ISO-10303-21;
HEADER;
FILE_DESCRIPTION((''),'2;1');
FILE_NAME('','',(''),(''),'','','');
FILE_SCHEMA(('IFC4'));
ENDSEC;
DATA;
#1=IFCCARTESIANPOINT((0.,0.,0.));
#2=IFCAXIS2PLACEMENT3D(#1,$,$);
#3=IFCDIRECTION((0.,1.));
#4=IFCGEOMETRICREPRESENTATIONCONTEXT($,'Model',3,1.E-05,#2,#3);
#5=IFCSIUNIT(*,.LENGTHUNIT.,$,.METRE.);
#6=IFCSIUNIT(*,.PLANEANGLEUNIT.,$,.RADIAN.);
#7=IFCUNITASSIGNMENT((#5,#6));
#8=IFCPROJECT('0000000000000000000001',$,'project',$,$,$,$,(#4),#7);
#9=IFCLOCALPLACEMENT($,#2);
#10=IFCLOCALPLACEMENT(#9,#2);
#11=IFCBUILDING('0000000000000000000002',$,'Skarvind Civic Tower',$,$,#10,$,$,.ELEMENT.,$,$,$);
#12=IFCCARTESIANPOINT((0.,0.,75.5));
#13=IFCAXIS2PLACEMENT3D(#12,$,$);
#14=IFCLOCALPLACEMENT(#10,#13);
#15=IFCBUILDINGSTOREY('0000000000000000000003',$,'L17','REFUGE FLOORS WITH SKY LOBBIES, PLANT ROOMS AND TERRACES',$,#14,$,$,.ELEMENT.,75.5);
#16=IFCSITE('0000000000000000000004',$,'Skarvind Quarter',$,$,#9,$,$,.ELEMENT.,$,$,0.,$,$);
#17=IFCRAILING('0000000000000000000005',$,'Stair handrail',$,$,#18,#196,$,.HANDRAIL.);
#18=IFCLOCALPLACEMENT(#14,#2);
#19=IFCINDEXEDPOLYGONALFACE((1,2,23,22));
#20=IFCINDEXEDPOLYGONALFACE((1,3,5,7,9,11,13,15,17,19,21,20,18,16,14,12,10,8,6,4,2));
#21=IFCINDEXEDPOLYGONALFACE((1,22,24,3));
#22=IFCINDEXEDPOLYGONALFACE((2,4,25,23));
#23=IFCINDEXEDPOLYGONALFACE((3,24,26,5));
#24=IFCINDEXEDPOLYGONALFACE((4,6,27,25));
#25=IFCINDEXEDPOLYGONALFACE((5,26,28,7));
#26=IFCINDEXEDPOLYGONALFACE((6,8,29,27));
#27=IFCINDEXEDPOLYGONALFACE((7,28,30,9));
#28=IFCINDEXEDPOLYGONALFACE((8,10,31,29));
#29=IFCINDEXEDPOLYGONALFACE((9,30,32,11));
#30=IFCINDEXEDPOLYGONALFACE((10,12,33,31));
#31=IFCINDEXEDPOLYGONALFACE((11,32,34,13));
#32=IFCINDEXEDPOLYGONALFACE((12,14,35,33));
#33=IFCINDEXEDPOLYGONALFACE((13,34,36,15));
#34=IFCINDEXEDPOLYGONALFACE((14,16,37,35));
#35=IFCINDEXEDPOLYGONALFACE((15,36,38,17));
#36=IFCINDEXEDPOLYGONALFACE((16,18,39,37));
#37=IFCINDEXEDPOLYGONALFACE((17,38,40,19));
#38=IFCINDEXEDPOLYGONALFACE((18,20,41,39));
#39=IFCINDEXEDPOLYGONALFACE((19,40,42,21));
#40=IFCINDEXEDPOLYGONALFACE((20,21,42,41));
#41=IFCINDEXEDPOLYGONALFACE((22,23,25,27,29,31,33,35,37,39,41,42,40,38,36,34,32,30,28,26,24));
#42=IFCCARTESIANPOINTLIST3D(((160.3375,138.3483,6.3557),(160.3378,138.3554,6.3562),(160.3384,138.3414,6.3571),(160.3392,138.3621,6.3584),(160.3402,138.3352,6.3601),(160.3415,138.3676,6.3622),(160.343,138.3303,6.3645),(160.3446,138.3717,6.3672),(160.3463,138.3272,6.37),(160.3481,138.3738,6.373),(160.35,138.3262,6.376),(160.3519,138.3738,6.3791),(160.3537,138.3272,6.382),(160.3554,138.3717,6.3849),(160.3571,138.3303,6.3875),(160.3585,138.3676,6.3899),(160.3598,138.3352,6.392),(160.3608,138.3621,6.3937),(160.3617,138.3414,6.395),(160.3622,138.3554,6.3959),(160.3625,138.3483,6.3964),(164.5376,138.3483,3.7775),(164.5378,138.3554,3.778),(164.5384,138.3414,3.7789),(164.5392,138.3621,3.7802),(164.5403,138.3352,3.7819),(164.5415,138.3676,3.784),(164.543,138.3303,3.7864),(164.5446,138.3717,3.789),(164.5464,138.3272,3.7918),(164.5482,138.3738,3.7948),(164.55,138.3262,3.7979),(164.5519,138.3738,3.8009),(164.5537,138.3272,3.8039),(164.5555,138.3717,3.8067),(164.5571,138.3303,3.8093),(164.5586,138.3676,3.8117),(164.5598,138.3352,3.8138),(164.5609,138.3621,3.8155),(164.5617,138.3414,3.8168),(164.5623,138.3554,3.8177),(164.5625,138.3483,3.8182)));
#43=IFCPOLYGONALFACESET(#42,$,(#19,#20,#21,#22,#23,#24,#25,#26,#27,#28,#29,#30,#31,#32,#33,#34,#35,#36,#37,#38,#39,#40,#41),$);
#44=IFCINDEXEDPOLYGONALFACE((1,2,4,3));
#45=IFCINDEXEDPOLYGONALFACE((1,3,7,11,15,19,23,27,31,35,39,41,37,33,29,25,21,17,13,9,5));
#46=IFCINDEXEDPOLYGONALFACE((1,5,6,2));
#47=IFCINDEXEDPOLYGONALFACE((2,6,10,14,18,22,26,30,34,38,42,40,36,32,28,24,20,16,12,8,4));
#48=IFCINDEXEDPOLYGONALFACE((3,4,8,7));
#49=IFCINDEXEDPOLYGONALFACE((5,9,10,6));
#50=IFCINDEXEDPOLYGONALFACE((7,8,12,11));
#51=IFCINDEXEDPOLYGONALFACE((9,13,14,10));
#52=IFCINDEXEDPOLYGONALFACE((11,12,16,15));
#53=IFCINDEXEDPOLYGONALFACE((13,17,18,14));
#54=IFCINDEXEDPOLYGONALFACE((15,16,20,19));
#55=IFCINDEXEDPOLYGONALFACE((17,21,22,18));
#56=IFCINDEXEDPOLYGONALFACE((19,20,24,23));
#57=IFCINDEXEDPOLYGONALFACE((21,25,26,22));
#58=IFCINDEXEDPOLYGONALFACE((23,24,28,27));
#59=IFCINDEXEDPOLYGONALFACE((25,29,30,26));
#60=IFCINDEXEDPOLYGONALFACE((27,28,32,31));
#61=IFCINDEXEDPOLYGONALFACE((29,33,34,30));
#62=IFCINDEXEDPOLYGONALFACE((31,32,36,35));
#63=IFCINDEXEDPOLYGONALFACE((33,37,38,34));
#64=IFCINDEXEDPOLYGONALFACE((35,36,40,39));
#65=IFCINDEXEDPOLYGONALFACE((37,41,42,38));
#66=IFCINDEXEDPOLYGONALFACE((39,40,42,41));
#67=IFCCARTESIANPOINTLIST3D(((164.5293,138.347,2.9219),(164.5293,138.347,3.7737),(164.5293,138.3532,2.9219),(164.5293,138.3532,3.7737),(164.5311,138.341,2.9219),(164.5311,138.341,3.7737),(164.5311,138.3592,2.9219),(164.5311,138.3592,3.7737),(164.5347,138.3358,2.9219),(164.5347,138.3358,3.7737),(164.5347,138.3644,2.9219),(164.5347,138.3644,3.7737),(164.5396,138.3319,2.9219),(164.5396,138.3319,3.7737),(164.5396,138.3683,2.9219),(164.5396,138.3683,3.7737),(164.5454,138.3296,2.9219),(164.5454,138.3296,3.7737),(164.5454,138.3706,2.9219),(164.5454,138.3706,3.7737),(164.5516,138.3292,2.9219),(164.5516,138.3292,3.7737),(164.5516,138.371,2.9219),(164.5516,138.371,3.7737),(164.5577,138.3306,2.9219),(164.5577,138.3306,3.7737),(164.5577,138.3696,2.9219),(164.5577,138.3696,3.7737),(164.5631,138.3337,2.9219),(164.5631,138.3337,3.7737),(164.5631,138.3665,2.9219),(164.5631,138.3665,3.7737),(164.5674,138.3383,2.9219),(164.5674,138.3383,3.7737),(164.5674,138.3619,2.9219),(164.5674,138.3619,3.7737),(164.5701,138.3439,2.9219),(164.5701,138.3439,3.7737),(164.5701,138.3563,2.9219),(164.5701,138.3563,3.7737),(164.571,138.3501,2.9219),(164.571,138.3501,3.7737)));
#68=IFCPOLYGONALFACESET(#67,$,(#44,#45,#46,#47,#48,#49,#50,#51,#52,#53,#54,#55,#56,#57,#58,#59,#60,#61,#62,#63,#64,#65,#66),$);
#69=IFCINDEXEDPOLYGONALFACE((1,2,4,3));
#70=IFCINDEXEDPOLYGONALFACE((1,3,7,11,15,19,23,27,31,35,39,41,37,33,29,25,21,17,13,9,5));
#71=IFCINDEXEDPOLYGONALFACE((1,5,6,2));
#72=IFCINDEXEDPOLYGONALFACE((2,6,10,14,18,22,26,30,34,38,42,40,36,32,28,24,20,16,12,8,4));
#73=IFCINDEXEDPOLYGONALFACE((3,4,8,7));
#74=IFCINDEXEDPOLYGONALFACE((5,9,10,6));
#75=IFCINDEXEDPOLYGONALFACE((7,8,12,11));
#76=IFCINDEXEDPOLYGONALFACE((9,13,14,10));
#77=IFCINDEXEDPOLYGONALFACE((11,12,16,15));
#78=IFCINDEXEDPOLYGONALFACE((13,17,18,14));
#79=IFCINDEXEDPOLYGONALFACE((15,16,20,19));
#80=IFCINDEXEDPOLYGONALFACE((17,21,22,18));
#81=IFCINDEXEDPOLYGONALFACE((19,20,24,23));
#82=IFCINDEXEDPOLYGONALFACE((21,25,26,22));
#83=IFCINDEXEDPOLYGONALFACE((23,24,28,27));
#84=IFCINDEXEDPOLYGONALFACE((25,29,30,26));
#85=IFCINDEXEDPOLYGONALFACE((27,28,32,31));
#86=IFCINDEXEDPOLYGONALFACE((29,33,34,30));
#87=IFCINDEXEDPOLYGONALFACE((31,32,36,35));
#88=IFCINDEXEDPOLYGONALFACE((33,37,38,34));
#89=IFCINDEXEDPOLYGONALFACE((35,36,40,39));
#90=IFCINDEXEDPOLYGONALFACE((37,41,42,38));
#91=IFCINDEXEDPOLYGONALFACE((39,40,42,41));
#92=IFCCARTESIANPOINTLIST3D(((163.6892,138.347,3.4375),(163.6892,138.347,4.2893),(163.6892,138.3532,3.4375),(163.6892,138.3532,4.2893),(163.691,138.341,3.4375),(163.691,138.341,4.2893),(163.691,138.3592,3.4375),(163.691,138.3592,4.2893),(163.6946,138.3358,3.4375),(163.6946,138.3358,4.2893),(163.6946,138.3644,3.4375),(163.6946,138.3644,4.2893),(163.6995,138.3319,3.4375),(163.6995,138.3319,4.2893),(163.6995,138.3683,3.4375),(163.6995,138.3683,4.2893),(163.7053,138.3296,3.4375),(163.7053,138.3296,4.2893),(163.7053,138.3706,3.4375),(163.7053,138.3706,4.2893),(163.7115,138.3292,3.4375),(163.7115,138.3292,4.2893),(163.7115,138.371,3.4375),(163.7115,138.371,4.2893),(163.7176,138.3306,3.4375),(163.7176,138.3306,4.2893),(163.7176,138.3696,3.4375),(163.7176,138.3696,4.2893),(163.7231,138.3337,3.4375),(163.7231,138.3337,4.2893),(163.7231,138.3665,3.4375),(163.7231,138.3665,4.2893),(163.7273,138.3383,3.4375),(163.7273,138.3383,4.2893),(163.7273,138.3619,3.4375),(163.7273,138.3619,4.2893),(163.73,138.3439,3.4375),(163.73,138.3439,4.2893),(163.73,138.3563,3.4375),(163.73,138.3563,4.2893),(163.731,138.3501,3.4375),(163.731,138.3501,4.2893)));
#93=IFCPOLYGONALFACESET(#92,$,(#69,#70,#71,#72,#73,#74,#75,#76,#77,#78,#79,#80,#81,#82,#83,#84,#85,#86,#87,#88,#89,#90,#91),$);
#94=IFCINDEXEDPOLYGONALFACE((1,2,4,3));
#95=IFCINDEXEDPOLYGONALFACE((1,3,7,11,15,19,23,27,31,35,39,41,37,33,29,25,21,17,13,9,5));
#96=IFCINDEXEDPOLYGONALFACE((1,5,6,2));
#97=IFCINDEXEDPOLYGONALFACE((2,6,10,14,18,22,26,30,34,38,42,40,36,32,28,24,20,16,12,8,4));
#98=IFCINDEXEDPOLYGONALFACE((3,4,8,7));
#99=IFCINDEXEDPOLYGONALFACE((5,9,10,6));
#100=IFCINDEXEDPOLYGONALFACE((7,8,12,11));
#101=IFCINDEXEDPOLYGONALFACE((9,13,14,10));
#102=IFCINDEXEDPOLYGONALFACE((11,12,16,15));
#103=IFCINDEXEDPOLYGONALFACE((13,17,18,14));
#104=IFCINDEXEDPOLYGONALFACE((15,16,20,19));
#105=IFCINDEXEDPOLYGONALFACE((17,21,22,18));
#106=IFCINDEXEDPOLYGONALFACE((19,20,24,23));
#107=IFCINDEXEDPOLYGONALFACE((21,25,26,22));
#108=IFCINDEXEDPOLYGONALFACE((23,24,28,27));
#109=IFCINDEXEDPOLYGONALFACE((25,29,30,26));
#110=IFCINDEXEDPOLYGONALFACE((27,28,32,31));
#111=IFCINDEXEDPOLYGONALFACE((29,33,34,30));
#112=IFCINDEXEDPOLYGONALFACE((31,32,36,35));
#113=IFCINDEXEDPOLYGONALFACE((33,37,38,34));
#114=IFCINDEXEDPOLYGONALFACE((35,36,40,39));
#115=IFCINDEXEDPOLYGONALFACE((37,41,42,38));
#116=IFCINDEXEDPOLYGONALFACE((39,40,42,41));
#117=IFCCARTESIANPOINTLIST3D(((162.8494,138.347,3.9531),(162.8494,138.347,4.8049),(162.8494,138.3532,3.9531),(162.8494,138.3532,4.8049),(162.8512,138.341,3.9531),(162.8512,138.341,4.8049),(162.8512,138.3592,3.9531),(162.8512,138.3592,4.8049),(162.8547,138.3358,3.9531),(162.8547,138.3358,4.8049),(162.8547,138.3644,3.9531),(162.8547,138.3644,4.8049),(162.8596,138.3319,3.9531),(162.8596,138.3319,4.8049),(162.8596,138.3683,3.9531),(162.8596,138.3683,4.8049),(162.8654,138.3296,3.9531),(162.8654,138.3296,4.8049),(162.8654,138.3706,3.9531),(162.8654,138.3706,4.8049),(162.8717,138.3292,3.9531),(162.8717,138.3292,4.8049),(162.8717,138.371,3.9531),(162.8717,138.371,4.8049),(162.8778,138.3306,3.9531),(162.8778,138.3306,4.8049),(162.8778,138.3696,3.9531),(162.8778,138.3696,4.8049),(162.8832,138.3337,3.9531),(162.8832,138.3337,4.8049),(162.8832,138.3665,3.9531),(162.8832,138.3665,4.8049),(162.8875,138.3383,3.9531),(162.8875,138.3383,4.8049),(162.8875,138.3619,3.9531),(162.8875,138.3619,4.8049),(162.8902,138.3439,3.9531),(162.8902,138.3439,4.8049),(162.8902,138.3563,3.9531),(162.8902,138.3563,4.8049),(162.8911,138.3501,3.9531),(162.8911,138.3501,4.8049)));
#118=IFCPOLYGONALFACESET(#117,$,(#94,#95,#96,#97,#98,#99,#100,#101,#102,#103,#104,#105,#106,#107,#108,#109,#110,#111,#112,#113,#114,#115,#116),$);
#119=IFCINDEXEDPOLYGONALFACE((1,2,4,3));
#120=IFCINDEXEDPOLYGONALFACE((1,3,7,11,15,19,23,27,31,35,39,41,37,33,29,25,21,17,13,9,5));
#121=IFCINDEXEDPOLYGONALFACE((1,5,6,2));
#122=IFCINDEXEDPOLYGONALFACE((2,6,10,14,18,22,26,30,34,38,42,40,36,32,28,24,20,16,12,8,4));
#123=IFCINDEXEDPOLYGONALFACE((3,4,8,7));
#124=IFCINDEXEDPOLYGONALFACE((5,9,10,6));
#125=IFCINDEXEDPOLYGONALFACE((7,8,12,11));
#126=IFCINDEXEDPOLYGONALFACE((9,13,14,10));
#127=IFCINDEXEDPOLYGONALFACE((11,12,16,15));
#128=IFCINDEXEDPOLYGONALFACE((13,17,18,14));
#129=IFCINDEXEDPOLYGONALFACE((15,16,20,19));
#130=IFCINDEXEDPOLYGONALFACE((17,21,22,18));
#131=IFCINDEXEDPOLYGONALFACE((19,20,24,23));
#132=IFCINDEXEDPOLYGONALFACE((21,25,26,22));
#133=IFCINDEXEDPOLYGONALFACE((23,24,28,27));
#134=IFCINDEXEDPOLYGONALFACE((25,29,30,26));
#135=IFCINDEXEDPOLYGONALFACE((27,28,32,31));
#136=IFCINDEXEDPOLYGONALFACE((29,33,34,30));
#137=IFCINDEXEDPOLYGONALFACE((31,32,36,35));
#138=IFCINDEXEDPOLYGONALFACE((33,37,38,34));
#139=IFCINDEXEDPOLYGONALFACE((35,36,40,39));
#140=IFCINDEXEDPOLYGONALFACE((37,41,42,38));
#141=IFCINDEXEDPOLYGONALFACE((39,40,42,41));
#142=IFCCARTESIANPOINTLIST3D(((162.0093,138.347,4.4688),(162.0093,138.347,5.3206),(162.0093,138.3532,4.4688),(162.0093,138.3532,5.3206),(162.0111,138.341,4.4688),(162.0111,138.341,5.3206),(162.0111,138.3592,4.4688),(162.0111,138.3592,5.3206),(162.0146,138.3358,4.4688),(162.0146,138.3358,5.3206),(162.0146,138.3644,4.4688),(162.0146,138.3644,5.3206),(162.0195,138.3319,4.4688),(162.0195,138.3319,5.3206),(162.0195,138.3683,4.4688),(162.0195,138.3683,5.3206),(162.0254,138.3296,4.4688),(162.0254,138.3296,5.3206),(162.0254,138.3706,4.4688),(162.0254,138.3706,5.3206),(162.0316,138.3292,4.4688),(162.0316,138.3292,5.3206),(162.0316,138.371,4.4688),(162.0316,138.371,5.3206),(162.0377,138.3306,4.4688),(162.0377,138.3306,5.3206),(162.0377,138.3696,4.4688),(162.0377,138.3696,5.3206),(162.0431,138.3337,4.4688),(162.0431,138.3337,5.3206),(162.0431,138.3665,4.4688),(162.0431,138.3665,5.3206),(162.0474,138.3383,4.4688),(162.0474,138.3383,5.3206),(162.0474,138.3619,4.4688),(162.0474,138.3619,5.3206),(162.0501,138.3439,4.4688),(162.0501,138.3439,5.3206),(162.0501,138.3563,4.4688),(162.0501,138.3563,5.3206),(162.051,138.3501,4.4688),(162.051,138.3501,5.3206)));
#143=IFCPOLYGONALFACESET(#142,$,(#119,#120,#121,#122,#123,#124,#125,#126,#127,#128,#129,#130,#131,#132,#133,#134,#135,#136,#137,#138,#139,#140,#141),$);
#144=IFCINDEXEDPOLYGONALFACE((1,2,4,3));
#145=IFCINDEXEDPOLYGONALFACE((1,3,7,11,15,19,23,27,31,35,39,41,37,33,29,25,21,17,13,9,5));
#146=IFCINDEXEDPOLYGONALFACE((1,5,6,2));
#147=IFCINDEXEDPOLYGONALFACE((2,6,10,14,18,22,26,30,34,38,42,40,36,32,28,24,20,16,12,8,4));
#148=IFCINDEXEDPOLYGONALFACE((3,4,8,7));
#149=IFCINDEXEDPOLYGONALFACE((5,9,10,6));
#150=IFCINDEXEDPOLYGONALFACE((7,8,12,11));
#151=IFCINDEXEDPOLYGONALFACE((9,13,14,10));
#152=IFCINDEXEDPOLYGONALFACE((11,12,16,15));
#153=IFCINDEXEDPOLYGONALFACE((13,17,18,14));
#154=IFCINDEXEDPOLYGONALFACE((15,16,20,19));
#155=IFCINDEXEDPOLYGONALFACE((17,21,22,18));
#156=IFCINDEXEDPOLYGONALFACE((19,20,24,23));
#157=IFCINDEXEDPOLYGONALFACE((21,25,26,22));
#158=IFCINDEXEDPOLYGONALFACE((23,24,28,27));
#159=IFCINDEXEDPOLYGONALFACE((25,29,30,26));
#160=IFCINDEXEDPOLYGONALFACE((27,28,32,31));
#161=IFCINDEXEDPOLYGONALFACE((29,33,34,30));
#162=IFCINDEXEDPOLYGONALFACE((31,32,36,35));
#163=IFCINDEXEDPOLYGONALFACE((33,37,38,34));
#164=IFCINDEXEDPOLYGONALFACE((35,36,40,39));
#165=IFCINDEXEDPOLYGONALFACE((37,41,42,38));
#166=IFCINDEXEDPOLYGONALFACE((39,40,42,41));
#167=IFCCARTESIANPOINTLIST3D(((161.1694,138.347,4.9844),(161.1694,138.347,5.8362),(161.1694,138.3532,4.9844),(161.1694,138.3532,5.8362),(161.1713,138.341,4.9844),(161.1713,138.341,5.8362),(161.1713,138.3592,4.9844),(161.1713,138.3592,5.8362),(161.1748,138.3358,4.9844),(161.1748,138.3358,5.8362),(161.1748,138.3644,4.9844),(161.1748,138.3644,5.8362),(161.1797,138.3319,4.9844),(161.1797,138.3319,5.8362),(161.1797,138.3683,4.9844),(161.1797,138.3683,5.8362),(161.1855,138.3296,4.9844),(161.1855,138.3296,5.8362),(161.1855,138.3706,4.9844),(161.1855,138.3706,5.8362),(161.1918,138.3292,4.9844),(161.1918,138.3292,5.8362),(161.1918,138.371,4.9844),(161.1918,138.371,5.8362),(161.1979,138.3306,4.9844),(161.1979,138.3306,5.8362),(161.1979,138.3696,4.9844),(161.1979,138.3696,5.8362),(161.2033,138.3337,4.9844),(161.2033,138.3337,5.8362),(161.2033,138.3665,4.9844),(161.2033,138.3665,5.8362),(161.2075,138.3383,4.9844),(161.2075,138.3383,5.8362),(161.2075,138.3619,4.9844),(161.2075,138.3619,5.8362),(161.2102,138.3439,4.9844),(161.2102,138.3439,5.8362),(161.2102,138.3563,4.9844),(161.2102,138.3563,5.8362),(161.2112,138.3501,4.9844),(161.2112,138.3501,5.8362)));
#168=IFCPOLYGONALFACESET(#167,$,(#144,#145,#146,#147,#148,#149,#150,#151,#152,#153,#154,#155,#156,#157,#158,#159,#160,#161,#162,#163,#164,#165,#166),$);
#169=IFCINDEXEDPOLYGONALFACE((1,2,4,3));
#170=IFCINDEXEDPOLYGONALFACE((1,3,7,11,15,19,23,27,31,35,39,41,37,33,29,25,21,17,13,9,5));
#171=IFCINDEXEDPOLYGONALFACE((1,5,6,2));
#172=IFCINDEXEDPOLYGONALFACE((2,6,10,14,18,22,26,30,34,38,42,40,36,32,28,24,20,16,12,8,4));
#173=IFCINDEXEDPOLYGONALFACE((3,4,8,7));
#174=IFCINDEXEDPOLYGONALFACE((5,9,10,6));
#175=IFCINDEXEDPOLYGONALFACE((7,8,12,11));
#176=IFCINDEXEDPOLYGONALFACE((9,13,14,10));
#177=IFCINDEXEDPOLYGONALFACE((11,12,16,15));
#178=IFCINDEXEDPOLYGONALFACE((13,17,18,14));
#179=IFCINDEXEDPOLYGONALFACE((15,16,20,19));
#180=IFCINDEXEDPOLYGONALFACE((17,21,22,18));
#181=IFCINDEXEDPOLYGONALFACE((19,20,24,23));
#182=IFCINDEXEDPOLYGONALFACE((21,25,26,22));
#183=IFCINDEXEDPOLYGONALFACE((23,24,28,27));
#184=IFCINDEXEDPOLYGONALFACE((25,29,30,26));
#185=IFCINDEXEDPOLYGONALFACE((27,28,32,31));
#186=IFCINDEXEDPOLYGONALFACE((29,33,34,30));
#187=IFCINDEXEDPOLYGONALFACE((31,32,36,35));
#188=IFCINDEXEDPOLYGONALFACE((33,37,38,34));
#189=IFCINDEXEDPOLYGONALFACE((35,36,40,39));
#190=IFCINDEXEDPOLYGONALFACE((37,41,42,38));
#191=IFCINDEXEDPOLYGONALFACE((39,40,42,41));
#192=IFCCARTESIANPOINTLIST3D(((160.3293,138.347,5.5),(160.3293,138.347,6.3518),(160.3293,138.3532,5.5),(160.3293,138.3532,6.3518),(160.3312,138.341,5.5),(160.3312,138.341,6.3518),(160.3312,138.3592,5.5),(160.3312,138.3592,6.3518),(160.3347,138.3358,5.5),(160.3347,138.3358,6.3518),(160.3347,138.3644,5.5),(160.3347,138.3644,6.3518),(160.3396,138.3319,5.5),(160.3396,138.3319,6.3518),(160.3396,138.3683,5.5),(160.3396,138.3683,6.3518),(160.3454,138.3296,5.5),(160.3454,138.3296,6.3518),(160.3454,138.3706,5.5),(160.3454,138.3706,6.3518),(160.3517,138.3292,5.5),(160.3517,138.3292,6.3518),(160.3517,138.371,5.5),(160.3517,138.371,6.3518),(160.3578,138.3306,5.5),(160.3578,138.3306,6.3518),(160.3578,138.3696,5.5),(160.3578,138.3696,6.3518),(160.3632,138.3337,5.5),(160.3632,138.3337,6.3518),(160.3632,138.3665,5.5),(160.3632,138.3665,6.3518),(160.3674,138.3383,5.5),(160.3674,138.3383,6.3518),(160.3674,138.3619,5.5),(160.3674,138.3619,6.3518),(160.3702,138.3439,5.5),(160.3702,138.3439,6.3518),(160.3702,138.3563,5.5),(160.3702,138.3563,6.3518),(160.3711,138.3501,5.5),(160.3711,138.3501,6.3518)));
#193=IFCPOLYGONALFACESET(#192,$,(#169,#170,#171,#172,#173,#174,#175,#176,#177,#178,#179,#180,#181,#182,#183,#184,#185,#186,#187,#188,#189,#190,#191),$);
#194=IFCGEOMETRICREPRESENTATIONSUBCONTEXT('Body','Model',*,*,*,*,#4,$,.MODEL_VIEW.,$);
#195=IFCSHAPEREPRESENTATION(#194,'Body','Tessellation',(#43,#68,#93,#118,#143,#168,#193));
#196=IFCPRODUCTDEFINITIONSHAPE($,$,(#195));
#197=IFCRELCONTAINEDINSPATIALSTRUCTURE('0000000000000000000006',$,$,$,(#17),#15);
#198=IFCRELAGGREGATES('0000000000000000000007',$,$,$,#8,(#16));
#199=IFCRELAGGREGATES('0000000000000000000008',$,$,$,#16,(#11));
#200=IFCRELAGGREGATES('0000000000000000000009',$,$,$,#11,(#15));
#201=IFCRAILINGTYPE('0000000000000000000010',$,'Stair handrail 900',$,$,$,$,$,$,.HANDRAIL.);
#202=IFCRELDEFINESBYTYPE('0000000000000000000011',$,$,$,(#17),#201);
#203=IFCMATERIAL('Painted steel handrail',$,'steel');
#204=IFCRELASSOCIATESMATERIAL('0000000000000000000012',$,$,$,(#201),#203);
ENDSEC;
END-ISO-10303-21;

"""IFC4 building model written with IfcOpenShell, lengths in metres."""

from ifc_helpers import new_model, si_unit, direction, frame, origin, origin_2d, place, context, subcontext, project, spatial, circle, extrude, material, type_object, element, save


model = new_model("IFC4")

# Units and contexts
model_context = context("Model", 3, precision=1e-05, world=origin(), true_north=direction((0.0, 1.0)))
body_context = subcontext(model_context, "Body", "Model", "MODEL_VIEW")
ifc_project = project(units=[si_unit("LENGTHUNIT", "METRE"), si_unit("PLANEANGLEUNIT", "RADIAN")], contexts=[model_context])

# Site, building, storey
site_placement = place(None, origin())
site = spatial("IfcSite", under=ifc_project, at=site_placement, Name="Skarvind Quarter", CompositionType="ELEMENT", RefElevation=0.0)
building_placement = place(site_placement, origin())
building = spatial("IfcBuilding", under=site, at=building_placement, Name="Skarvind Civic Tower", CompositionType="ELEMENT")
storey_placement = place(building_placement, frame((0.0, 0.0, 75.5)))
storey = spatial("IfcBuildingStorey", under=building, at=storey_placement, Name="L17", Description="REFUGE FLOORS WITH SKY LOBBIES, PLANT ROOMS AND TERRACES", CompositionType="ELEMENT", Elevation=75.5)

# Railing
ifc_material_1 = material(Name="Painted steel handrail", Category="steel")
railing_type = type_object("IfcRailingType", Name="Stair handrail 900", PredefinedType="HANDRAIL", material=ifc_material_1)
railing_1_placement = place(storey_placement, frame((164.55, 138.3501, 2.9219)))
element("IfcRailing", 1, at=railing_1_placement, inside=storey, type_object=railing_type, Name="Stair handrail", PredefinedType="HANDRAIL", context=body_context, shape_type="SweptSolid", body=[
    extrude(circle(Radius=0.0239, at=origin_2d()), frame((0.0, 0.0, 0.876), z_axis=(-0.852243, 0.0, 0.523146), x_axis=(0.0, -1.0, 0.0)), (0.0, 0.0, 1.0), 4.9282),
    extrude(circle(Radius=0.021, at=origin_2d()), origin(), (0.0, 0.0, 1.0), 0.8518),
    extrude(circle(Radius=0.021, at=origin_2d()), frame((-0.8401, 0.0, 0.5156)), (0.0, 0.0, 1.0), 0.8518),
    extrude(circle(Radius=0.021, at=origin_2d()), frame((-1.6799, 0.0, 1.0312)), (0.0, 0.0, 1.0), 0.8518),
    extrude(circle(Radius=0.021, at=origin_2d()), frame((-2.52, 0.0, 1.5469)), (0.0, 0.0, 1.0), 0.8518),
    extrude(circle(Radius=0.021, at=origin_2d()), frame((-3.3599, 0.0, 2.0625)), (0.0, 0.0, 1.0), 0.8518),
    extrude(circle(Radius=0.021, at=origin_2d()), frame((-4.2, 0.0, 2.5781)), (0.0, 0.0, 1.0), 0.8518),
])

save(model, "model.ifc")
